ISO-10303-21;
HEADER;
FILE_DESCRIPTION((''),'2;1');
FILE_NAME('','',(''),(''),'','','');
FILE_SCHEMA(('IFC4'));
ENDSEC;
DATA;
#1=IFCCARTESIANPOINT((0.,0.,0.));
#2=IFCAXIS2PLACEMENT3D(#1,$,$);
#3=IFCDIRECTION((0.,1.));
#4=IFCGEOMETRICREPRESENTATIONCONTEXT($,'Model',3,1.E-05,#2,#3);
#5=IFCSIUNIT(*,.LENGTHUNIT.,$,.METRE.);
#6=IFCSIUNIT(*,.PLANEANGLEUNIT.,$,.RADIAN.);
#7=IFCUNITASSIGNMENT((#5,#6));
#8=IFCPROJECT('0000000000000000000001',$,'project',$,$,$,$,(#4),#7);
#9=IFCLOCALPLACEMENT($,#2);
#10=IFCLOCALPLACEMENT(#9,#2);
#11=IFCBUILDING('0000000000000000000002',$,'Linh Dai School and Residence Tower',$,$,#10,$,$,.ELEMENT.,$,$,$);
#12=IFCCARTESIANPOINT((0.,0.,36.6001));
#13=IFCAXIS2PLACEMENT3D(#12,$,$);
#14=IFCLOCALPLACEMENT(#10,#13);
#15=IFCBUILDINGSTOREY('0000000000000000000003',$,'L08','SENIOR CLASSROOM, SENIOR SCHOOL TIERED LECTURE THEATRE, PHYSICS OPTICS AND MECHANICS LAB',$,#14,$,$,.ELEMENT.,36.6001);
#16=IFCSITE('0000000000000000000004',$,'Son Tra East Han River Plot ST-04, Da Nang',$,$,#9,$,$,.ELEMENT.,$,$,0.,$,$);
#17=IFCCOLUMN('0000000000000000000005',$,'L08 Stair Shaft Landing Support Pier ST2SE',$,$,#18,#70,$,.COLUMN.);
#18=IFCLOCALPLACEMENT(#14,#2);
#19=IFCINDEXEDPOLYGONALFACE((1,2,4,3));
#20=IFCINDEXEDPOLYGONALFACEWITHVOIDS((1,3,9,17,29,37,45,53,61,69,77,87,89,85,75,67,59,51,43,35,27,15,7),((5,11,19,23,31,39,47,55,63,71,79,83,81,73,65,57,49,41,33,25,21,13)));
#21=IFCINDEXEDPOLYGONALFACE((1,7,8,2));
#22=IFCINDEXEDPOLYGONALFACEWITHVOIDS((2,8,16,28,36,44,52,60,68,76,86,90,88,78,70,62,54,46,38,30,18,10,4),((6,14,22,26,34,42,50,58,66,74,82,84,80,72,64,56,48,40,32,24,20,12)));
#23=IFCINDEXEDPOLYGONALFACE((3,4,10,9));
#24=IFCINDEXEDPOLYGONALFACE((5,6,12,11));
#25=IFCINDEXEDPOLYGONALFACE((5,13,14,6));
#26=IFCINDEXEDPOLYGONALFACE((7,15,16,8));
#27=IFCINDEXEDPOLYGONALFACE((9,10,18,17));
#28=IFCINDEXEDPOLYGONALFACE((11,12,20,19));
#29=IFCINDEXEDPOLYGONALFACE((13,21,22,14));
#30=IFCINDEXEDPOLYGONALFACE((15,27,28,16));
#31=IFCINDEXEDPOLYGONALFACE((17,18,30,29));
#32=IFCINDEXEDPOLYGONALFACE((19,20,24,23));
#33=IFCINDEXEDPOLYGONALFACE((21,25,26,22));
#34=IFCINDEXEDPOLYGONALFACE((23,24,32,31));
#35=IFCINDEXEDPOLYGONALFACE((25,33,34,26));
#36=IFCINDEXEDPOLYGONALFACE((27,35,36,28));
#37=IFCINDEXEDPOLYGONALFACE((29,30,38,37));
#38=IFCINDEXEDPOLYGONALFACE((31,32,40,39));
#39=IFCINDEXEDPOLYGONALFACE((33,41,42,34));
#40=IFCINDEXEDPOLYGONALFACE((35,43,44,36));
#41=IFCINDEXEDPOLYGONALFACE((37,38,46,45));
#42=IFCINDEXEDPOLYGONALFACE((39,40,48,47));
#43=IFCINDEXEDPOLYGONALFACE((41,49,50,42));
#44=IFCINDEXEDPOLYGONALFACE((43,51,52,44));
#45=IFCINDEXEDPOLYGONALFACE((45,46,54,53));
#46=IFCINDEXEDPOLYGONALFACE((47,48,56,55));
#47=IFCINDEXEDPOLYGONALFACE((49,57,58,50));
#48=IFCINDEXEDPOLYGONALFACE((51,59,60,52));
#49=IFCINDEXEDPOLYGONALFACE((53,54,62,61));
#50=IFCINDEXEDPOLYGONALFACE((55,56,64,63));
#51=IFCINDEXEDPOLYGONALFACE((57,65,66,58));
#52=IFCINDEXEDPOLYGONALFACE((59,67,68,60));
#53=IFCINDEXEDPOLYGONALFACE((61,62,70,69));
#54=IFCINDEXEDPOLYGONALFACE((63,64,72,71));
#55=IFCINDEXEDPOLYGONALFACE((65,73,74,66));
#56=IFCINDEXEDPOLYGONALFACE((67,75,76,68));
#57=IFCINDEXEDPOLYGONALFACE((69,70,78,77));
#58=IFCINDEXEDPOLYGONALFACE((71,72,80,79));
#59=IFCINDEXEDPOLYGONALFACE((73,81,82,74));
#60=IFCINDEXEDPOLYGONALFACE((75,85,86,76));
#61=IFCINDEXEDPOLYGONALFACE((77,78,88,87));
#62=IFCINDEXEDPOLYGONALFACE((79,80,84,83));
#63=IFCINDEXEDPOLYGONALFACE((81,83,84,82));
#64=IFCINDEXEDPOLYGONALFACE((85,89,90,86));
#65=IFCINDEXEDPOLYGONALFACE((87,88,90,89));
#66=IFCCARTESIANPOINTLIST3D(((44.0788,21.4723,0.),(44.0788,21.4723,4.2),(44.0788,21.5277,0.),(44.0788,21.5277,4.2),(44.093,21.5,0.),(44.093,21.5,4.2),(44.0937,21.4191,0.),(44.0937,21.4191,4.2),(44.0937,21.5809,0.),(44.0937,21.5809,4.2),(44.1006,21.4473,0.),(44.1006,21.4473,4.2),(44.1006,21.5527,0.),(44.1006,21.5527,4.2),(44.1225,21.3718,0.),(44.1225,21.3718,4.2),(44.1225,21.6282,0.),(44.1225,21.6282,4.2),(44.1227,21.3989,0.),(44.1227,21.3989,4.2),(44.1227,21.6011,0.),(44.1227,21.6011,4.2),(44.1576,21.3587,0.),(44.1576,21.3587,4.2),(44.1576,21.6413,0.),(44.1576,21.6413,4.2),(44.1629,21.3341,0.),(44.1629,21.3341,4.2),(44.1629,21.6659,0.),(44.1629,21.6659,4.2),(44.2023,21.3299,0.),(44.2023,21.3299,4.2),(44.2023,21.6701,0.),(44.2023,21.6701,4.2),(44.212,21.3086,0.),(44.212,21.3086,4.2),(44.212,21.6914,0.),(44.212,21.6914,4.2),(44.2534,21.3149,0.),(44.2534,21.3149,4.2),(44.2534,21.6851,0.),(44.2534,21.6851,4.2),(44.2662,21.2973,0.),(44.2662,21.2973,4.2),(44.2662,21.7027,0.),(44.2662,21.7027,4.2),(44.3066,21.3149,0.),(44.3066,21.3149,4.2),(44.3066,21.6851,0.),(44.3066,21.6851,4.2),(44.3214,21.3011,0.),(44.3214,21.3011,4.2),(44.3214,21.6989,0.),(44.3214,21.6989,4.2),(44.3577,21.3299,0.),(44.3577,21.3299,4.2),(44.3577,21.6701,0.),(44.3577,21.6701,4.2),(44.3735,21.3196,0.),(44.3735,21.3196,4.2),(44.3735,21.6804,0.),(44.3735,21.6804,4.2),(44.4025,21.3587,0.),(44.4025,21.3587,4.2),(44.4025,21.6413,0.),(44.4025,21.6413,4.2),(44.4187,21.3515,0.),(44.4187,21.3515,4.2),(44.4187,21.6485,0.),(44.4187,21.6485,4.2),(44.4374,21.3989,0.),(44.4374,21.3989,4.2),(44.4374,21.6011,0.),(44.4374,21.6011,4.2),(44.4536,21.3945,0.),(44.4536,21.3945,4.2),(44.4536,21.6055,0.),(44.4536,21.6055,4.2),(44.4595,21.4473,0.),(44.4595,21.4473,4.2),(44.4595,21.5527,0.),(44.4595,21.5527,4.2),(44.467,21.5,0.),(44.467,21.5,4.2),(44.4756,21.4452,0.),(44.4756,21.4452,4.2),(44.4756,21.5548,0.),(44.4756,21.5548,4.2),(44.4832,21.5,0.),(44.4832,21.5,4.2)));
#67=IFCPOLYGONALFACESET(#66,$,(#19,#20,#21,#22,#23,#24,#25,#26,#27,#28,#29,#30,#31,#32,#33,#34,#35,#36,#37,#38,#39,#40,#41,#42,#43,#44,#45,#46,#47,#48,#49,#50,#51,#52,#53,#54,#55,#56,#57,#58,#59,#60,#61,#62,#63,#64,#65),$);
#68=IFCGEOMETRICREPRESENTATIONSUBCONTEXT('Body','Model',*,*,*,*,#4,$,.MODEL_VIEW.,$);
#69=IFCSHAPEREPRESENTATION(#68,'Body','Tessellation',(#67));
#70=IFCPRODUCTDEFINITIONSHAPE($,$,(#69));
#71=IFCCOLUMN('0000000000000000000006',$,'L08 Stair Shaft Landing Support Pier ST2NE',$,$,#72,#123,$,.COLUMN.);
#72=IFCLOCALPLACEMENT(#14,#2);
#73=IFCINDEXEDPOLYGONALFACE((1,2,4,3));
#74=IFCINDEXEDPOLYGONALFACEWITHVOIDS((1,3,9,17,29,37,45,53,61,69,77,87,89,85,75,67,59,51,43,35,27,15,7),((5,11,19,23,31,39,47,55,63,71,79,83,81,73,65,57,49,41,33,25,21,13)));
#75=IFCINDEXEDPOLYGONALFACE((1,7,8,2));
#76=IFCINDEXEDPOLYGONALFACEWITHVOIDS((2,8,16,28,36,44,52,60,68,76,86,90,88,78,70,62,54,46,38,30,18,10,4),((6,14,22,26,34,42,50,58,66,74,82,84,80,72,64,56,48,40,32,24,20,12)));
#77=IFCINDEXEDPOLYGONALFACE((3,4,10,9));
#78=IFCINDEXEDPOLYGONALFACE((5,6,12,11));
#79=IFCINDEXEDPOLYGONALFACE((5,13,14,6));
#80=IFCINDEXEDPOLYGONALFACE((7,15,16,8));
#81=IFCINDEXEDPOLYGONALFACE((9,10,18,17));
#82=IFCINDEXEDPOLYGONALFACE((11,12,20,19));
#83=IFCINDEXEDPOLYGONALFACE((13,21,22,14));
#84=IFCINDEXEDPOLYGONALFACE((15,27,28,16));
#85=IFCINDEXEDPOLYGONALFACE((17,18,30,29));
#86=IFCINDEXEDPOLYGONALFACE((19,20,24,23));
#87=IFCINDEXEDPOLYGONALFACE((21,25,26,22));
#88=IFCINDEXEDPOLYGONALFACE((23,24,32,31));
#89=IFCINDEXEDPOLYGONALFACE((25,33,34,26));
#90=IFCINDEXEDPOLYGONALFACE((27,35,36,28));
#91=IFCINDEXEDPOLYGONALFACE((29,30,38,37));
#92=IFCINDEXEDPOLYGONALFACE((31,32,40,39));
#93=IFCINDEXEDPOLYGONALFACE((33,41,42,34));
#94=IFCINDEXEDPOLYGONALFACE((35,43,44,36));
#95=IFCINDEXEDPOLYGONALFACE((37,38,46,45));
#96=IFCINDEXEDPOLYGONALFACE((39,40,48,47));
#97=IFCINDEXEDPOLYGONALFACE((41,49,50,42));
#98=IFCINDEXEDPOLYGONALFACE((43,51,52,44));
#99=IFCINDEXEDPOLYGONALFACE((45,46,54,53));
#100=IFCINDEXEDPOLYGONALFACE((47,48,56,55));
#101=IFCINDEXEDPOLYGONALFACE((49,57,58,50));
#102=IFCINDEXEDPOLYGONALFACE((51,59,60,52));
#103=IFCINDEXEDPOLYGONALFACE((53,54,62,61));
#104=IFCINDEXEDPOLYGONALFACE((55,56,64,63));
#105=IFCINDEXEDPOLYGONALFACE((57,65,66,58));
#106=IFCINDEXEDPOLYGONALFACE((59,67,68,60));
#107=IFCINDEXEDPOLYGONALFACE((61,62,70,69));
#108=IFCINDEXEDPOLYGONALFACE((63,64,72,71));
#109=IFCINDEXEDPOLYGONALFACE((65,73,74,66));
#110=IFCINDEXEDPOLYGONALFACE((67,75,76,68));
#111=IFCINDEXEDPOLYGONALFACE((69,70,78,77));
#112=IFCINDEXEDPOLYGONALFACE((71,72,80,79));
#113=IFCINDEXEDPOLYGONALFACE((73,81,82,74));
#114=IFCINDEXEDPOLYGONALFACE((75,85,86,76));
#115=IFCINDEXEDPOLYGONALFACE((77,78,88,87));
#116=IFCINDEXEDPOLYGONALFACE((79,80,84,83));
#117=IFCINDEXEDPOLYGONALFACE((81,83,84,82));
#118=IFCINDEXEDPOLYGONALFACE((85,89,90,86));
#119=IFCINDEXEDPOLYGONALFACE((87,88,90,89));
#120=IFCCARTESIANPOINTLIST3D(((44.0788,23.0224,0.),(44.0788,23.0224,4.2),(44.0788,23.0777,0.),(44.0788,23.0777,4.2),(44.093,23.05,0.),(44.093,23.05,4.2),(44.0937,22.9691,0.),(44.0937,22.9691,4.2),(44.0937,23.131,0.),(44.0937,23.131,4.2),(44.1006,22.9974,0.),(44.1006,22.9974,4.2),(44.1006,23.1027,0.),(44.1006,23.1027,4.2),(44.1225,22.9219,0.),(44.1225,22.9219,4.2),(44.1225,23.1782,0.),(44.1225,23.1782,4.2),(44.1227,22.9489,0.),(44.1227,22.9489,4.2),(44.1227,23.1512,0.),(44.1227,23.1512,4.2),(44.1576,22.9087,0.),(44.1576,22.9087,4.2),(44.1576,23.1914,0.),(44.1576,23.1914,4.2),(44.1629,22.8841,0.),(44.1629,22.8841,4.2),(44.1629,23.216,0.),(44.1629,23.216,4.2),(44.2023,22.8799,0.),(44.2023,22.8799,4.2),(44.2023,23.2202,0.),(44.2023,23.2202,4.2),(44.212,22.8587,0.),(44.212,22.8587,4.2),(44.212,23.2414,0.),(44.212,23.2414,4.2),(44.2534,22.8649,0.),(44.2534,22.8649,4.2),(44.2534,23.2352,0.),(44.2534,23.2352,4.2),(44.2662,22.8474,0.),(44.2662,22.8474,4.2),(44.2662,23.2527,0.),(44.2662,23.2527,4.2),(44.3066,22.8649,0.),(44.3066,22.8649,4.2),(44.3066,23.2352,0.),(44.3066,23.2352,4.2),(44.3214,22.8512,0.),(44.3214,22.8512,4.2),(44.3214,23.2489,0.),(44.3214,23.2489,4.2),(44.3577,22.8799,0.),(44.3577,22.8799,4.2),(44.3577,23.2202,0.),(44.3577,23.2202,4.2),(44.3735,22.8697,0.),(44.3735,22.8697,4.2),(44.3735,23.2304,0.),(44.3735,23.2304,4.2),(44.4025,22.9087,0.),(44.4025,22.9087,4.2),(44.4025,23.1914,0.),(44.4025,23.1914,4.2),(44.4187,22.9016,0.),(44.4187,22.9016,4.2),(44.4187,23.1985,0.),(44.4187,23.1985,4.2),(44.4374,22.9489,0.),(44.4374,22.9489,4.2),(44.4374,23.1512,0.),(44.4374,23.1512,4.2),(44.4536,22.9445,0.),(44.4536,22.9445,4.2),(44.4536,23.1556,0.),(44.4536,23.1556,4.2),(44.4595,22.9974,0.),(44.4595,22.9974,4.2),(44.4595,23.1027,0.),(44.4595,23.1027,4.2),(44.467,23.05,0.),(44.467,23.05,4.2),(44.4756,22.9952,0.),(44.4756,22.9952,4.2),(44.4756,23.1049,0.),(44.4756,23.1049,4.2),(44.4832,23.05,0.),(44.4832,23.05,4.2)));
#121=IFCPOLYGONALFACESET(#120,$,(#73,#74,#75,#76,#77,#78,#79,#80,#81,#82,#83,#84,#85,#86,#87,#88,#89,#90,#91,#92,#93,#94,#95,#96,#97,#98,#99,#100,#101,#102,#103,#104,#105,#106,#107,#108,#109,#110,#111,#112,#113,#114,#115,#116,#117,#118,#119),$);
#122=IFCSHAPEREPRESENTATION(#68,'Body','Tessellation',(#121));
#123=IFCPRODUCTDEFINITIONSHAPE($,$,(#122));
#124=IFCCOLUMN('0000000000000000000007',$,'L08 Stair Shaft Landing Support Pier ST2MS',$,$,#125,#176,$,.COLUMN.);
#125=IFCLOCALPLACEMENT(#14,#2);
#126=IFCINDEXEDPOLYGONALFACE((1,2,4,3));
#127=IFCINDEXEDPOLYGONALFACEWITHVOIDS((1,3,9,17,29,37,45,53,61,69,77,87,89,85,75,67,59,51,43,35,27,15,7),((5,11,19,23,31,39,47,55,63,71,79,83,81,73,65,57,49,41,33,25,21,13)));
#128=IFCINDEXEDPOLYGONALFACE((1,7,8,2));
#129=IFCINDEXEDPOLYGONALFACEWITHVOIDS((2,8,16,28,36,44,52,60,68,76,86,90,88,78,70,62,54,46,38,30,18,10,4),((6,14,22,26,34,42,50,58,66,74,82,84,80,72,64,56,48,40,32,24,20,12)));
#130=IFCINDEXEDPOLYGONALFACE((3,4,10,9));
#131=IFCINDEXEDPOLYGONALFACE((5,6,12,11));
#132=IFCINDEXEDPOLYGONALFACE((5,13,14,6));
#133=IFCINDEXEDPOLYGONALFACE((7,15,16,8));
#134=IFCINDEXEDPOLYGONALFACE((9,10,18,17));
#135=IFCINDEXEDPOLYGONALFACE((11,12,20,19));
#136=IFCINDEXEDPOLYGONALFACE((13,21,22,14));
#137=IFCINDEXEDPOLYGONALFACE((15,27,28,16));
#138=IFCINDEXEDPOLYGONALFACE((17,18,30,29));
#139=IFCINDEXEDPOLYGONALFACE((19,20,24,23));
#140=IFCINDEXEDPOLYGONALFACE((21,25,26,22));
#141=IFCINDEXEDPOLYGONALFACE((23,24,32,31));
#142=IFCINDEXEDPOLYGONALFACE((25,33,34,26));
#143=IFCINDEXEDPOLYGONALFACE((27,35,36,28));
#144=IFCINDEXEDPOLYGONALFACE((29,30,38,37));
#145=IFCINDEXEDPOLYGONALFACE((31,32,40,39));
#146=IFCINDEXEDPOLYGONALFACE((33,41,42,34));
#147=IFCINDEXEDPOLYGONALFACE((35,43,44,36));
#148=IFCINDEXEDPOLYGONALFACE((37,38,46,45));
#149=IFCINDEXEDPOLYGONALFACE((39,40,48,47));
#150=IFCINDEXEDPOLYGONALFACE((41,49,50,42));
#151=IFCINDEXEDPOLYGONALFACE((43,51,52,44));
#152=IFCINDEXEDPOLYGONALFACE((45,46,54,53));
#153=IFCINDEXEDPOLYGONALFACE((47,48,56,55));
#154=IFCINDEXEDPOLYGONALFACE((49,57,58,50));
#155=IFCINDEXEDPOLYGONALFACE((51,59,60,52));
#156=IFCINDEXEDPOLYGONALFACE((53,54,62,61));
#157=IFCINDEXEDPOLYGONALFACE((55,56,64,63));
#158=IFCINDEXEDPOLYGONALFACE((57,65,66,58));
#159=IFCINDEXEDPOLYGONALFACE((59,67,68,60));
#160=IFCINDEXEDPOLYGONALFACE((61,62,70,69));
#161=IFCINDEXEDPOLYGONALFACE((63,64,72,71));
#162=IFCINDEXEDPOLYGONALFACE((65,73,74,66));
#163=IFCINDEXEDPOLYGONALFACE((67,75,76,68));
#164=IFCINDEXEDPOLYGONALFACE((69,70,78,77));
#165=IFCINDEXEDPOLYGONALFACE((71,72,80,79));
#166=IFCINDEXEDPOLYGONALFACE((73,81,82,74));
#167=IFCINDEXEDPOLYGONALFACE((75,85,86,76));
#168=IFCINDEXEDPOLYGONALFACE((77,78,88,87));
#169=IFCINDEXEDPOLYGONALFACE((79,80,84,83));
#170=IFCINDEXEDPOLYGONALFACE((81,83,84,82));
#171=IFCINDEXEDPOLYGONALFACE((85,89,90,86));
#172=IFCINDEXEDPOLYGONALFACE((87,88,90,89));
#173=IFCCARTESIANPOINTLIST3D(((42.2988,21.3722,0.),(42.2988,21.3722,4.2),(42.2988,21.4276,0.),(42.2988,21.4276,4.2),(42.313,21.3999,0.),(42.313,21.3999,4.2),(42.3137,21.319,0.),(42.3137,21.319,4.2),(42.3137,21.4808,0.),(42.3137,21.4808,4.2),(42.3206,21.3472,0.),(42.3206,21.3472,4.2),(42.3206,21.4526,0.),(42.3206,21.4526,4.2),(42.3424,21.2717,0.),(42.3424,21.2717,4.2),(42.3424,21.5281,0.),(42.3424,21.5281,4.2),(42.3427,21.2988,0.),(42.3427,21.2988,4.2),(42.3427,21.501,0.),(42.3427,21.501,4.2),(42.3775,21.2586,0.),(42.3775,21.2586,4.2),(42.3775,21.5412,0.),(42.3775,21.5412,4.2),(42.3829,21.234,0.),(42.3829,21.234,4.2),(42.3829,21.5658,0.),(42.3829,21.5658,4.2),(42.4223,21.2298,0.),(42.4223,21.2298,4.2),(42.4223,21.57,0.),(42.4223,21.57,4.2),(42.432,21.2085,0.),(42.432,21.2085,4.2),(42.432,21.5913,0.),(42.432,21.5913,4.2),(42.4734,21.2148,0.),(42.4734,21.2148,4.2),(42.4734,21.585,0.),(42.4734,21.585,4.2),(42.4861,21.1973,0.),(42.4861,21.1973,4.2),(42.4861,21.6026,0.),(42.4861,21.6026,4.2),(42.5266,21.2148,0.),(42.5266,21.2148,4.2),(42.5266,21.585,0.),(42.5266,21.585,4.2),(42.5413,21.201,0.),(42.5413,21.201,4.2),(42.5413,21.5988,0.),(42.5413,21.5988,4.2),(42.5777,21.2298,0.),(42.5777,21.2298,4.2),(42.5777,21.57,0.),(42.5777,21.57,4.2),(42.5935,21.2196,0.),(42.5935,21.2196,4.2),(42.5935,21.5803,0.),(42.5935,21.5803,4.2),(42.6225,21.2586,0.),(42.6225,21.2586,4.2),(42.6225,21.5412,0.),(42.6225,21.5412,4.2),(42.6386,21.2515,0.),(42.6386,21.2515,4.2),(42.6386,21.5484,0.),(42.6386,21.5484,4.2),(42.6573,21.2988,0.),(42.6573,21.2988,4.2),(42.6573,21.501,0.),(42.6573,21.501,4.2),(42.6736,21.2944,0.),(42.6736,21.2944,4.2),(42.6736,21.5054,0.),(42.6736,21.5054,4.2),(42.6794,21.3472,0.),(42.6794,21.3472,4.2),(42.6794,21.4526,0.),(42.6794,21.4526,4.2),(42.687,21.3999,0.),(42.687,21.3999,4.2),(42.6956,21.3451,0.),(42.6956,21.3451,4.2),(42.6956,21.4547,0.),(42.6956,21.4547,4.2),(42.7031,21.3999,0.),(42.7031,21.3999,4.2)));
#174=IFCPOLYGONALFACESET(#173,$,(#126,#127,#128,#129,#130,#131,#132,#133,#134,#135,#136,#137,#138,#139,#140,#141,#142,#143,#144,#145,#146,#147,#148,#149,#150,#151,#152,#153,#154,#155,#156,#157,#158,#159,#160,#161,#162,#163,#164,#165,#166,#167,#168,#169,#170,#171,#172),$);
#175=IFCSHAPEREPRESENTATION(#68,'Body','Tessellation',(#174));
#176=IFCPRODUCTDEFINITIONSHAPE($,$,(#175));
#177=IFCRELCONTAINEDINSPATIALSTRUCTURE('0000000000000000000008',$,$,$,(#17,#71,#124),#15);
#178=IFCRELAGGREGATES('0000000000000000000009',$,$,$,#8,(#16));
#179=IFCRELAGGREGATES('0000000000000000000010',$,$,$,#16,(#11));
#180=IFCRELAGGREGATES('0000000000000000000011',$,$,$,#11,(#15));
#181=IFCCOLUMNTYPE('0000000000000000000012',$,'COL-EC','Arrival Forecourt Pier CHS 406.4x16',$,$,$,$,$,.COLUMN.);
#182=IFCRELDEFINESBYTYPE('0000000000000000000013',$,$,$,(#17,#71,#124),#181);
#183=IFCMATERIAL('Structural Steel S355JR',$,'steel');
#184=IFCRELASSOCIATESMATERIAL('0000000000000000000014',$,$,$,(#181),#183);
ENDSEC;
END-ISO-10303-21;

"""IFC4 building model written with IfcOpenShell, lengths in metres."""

from ifc_helpers import new_model, si_unit, direction, frame, origin, origin_2d, place, context, subcontext, project, spatial, hollow_circle, extrude, material, material_profile, profile_set, type_object, element, save


model = new_model("IFC4")

# Units and contexts
model_context = context("Model", 3, precision=1e-05, world=origin(), true_north=direction((0.0, 1.0)))
body_context = subcontext(model_context, "Body", "Model", "MODEL_VIEW")
ifc_project = project(units=[si_unit("LENGTHUNIT", "METRE"), si_unit("PLANEANGLEUNIT", "RADIAN")], contexts=[model_context])

# Site, building, storey
site_placement = place(None, origin())
site = spatial("IfcSite", under=ifc_project, at=site_placement, Name="Son Tra East Han River Plot ST-04, Da Nang", CompositionType="ELEMENT", RefElevation=0.0)
building_placement = place(site_placement, origin())
building = spatial("IfcBuilding", under=site, at=building_placement, Name="Linh Dai School and Residence Tower", CompositionType="ELEMENT")
storey_placement = place(building_placement, frame((0.0, 0.0, 36.6001)))
storey = spatial("IfcBuildingStorey", under=building, at=storey_placement, Name="L08", Description="SENIOR CLASSROOM, SENIOR SCHOOL TIERED LECTURE THEATRE, PHYSICS OPTICS AND MECHANICS LAB", CompositionType="ELEMENT", Elevation=36.6001)

# Columns
ifc_material_1 = material(Name="Structural Steel S355JR", Category="steel")
ifc_material_profile_1 = material_profile(ifc_material_1, hollow_circle(Radius=0.2031, WallThickness=0.0161, at=origin_2d()), Name="CHS 406.4x16")
ifc_profile_set_1 = profile_set([ifc_material_profile_1], Name="Structural Steel S355JR")
column_type_1 = type_object("IfcColumnType", Name="COL-EC", Description="Arrival Forecourt Pier CHS 406.4x16", PredefinedType="COLUMN", material=ifc_profile_set_1)
for number, where, z_axis, x_axis, name in (
    (1, (44.28, 21.5, 0.0), (0.0, 0.0, 1.0), (1.0, 0.0, 0.0), "L08 Stair Shaft Landing Support Pier ST2SE"),
    (2, (44.28, 23.05, 0.0), (0.0, 0.0, 1.0), (1.0, 0.0, 0.0), "L08 Stair Shaft Landing Support Pier ST2NE"),
    (3, (42.5, 21.3999, 0.0), (0.0, 0.0, 1.0), (1.0, 0.0, 0.0), "L08 Stair Shaft Landing Support Pier ST2MS"),
):
    element("IfcColumn", number, at=place(storey_placement, frame(where, z_axis=z_axis, x_axis=x_axis)), inside=storey, type_object=column_type_1, Name=name, PredefinedType="COLUMN", context=body_context, shape_type="SweptSolid", body=[
        extrude(hollow_circle(Radius=0.2031, WallThickness=0.0161, at=origin_2d()), origin(), (0.0, 0.0, 1.0), 4.2),
    ])

save(model, "model.ifc")
